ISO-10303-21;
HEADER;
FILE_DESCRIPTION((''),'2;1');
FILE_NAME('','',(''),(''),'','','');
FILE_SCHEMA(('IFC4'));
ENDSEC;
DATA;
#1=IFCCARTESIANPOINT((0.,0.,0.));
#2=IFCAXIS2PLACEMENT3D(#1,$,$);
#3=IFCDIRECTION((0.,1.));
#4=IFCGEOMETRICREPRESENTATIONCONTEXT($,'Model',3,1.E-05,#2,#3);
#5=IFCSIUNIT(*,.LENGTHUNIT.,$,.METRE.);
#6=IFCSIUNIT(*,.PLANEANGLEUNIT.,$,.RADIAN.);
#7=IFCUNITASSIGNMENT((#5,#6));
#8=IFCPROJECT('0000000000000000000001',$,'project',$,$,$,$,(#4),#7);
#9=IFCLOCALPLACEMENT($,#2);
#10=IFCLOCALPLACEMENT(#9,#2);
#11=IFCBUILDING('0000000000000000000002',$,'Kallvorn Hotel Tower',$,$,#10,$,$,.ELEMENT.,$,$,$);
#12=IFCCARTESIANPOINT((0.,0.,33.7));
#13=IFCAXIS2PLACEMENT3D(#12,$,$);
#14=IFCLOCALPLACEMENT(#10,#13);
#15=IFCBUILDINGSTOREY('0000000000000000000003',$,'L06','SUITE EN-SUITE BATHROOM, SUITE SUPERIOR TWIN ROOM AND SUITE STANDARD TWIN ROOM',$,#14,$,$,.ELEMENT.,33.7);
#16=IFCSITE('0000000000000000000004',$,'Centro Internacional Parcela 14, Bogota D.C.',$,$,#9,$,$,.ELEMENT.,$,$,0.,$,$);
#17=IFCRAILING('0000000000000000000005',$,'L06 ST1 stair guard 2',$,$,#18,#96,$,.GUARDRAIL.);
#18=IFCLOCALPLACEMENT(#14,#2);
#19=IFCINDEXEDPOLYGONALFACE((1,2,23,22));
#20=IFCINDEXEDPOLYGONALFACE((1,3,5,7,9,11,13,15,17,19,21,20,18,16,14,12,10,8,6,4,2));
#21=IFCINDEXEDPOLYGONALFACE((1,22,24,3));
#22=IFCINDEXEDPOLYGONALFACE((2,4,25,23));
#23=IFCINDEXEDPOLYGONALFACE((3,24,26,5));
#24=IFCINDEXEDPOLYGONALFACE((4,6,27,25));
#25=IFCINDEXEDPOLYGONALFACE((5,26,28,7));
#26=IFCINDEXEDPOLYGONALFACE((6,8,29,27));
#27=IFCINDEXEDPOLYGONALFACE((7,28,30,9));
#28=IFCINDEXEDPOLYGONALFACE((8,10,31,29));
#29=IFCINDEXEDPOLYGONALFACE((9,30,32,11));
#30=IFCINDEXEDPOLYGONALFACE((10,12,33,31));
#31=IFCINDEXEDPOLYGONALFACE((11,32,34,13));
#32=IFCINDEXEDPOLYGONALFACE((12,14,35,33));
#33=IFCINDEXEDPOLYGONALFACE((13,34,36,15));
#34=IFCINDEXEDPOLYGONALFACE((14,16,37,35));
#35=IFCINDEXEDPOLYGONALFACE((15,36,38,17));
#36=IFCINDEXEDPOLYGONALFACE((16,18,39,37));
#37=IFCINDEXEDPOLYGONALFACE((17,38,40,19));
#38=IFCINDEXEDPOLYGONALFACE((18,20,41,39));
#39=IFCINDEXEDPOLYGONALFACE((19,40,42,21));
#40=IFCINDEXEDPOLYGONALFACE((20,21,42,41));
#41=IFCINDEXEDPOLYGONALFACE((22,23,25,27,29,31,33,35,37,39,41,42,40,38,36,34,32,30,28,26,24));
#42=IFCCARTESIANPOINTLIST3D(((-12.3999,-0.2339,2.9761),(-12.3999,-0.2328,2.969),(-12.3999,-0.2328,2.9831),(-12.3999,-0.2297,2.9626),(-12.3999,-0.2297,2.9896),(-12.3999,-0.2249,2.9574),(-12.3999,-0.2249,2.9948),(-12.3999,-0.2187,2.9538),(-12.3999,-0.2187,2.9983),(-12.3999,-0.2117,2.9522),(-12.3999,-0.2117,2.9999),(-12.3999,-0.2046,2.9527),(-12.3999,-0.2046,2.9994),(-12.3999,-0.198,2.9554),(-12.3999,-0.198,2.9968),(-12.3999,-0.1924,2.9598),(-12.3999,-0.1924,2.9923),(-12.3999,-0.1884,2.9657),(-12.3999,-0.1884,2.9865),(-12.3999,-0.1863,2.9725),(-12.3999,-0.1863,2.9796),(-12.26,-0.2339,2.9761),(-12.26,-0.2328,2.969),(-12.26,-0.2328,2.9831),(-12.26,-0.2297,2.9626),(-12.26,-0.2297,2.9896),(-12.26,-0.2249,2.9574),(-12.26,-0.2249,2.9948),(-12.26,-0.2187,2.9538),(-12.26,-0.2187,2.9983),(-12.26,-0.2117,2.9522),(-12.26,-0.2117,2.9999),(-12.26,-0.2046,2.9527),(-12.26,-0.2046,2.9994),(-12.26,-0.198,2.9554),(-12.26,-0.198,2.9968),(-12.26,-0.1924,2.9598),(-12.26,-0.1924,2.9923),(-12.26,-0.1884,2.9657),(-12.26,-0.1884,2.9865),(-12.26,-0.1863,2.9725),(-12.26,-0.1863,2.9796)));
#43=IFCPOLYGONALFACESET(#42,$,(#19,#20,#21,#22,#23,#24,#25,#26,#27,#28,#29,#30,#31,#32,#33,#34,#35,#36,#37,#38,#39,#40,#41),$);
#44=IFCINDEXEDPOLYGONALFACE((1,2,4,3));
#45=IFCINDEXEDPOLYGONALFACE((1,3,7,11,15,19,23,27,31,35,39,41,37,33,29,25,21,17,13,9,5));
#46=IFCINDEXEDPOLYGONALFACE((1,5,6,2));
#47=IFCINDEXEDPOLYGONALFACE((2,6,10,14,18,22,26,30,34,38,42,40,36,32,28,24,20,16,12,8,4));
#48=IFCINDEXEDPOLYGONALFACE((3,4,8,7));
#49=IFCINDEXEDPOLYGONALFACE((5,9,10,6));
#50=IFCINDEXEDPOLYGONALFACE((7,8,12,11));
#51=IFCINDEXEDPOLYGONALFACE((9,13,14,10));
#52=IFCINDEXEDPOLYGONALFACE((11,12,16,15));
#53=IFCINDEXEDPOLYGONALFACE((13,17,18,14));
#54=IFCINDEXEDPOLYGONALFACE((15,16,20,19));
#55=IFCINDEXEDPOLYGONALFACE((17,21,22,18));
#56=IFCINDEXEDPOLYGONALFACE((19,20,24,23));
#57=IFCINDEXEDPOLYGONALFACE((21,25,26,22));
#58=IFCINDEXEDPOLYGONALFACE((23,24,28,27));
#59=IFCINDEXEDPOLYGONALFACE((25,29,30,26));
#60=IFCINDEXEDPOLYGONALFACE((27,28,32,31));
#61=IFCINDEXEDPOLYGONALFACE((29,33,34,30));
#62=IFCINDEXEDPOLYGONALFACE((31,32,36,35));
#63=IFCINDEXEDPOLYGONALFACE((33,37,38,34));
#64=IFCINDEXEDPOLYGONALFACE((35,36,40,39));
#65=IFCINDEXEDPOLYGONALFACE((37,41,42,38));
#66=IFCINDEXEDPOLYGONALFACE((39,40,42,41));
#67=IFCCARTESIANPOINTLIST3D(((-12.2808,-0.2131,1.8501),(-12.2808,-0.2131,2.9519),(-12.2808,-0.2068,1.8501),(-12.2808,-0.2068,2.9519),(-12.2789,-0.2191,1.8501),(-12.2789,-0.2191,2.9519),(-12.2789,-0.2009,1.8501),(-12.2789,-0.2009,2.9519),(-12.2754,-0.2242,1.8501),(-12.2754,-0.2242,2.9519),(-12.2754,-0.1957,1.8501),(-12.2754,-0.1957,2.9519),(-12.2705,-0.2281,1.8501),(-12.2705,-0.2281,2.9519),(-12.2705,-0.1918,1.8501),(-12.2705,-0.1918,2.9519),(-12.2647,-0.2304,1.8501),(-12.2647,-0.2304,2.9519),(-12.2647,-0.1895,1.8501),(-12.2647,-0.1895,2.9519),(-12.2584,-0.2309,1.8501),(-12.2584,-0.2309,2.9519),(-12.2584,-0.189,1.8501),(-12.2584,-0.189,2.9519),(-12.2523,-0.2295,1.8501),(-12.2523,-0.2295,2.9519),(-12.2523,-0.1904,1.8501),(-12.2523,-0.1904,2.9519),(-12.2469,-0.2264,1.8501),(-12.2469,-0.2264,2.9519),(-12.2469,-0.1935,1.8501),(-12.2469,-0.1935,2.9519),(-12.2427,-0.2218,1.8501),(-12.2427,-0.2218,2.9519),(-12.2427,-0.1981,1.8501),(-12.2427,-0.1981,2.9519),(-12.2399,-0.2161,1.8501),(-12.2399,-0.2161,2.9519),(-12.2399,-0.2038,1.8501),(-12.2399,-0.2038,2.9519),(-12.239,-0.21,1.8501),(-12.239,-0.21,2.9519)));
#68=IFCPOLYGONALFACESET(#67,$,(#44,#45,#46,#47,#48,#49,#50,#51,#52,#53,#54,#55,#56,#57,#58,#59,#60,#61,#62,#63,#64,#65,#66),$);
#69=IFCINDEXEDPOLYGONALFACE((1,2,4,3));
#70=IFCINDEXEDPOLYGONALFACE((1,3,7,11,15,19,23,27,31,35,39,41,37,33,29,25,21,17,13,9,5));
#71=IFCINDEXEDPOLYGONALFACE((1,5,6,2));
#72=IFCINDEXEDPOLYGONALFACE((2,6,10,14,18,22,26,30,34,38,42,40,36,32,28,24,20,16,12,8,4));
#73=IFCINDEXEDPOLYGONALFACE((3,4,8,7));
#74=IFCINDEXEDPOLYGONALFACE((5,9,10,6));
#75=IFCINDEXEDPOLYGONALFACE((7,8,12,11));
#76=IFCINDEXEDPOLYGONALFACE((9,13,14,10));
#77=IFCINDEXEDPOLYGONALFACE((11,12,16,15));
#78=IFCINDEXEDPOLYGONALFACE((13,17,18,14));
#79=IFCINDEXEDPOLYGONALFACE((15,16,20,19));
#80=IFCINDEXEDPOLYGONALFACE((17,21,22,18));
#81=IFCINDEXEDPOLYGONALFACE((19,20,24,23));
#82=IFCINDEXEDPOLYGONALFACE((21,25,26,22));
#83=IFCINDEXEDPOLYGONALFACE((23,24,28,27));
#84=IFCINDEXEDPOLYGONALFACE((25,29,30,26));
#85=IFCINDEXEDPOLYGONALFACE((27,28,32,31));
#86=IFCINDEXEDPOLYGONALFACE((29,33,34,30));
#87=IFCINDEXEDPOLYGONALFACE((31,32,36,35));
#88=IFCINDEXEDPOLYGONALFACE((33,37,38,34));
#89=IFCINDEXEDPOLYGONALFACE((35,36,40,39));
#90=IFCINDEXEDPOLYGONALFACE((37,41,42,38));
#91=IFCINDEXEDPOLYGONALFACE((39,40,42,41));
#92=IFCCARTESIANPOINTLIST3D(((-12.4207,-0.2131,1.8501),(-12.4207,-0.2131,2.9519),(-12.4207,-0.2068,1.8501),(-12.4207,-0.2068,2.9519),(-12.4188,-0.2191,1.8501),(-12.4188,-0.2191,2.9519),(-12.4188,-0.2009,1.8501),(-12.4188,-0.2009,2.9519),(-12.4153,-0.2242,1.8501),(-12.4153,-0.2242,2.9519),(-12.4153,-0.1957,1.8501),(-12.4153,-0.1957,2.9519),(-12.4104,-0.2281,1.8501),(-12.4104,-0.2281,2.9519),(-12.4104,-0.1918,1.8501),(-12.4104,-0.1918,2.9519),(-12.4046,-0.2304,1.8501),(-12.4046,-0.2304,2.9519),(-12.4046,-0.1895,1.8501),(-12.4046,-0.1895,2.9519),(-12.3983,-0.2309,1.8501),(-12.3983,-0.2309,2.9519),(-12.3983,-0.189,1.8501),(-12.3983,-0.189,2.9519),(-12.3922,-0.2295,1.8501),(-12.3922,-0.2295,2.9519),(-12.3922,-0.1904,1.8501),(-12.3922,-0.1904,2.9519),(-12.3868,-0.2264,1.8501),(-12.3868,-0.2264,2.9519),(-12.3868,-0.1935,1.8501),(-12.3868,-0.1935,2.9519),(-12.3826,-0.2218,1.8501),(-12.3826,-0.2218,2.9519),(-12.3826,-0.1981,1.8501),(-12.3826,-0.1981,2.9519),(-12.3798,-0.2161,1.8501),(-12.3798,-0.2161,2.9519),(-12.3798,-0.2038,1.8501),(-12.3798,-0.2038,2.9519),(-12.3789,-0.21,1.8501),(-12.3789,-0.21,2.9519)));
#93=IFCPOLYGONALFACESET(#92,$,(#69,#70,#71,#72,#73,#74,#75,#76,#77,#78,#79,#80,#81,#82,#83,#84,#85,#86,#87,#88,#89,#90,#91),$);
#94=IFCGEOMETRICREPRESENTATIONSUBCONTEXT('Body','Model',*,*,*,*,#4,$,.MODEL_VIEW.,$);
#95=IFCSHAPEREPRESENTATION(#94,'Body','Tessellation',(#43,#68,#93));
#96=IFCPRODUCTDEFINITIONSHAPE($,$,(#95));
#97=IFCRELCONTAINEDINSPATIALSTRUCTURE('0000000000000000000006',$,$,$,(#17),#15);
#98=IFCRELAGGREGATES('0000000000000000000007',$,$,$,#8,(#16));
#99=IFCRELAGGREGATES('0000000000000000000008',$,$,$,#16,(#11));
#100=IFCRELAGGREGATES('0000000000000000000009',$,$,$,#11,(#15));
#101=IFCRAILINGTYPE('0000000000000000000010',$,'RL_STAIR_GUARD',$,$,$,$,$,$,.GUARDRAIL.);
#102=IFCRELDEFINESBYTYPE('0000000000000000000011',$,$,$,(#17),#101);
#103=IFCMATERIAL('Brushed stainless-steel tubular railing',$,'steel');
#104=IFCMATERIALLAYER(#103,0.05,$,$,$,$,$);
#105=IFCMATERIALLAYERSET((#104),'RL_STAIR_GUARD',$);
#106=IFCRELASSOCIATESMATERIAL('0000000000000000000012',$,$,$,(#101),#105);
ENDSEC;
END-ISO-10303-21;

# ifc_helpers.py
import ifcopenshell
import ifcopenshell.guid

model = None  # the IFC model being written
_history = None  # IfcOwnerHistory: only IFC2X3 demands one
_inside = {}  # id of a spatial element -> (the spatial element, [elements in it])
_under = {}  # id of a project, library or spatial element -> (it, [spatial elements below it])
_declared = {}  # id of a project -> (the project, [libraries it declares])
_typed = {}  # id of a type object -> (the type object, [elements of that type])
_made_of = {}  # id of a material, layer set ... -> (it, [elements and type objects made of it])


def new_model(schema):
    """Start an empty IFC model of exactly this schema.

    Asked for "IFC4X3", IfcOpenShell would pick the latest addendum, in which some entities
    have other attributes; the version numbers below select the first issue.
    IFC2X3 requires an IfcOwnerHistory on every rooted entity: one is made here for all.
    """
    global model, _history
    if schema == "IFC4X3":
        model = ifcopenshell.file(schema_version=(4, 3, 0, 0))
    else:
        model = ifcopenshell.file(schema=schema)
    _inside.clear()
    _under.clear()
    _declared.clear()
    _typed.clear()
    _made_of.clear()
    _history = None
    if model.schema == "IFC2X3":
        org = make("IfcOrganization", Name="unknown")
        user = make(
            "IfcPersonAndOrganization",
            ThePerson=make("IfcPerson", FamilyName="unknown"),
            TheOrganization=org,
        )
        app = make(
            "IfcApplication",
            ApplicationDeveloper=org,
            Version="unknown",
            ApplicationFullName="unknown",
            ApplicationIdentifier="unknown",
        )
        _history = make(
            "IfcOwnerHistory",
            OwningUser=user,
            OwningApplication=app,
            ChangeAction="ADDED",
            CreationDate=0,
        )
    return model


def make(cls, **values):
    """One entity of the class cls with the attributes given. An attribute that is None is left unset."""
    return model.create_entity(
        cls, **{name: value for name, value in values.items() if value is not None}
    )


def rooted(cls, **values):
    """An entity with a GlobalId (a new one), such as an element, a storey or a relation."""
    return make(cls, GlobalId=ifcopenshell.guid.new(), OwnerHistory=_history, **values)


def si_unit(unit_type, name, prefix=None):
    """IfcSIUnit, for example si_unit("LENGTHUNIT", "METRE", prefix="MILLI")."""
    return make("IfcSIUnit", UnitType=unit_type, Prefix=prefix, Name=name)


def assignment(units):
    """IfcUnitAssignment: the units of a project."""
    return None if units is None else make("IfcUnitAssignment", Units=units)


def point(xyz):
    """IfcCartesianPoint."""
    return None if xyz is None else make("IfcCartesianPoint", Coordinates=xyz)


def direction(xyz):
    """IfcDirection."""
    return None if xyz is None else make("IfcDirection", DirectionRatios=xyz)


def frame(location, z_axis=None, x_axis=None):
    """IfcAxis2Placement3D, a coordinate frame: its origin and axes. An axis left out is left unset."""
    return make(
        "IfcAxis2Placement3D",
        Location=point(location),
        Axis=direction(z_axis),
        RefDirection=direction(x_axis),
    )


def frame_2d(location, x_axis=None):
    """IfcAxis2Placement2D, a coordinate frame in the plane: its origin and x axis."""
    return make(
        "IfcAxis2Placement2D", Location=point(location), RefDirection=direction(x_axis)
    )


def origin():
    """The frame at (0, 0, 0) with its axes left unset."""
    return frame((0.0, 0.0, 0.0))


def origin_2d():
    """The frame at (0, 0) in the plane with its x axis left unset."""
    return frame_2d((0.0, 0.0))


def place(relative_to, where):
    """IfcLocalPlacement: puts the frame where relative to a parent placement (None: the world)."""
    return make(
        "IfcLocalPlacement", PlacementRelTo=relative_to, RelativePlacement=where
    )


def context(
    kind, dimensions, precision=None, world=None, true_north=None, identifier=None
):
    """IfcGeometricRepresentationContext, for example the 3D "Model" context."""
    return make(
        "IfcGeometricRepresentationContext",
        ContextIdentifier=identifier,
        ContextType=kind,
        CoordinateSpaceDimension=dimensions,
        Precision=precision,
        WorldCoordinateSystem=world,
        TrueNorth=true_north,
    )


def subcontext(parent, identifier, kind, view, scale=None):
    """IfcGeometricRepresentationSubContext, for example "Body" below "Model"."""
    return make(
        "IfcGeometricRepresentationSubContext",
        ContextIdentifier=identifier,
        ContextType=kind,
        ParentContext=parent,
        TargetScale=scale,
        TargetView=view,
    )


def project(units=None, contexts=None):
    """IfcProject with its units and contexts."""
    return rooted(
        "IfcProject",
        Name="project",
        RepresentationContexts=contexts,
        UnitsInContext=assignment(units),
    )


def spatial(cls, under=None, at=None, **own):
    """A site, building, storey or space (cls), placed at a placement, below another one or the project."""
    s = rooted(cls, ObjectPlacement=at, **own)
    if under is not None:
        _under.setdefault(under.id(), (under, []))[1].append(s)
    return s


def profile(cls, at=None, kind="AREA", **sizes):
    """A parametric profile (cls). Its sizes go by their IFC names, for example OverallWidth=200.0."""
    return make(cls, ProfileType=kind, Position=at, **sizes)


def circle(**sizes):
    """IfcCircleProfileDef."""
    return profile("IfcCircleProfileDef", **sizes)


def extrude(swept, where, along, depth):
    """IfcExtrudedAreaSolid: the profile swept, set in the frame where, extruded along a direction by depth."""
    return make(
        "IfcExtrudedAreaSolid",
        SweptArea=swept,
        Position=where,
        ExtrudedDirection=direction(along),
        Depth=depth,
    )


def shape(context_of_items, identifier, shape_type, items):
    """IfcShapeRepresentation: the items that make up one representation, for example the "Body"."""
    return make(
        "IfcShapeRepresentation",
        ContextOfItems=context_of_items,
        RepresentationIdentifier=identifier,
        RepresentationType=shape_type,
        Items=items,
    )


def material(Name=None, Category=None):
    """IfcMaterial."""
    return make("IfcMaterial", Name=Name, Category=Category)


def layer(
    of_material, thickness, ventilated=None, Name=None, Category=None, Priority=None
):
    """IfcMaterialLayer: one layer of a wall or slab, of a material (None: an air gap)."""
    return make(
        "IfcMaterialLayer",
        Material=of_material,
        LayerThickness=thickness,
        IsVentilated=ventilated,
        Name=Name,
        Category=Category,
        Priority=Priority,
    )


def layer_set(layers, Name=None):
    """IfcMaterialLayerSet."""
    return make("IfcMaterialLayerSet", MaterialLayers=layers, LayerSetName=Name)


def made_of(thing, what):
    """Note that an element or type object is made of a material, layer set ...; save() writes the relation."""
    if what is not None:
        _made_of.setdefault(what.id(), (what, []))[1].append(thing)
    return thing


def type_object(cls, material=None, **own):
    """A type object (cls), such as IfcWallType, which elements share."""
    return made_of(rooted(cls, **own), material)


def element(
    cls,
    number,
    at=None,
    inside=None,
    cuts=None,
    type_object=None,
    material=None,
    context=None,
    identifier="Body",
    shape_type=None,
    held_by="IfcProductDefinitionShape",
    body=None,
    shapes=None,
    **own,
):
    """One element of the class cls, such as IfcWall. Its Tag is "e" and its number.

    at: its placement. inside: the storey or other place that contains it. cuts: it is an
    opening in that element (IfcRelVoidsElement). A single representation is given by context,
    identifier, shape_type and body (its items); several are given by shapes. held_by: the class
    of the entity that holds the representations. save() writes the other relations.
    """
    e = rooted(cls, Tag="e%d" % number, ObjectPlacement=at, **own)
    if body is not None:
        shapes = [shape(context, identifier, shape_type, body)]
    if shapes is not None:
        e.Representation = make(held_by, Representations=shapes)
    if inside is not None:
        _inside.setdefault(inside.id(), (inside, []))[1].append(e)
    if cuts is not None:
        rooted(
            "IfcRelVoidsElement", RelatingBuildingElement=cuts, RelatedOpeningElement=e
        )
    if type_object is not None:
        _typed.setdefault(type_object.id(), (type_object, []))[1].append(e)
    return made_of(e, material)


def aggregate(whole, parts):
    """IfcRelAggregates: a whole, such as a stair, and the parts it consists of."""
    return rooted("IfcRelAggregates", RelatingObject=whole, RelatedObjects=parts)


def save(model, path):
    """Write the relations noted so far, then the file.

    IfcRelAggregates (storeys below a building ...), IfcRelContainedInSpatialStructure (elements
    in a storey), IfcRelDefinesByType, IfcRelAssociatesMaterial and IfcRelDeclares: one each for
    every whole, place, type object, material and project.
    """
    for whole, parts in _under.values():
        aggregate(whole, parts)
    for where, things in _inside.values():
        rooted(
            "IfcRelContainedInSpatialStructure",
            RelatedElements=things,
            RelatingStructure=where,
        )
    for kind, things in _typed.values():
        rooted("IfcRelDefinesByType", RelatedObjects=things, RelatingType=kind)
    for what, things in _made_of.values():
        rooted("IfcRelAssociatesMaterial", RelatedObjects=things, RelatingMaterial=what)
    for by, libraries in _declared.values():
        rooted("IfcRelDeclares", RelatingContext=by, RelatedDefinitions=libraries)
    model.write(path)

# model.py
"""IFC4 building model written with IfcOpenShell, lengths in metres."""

from ifc_helpers import new_model, si_unit, direction, frame, origin, origin_2d, place, context, subcontext, project, spatial, circle, extrude, material, layer, layer_set, type_object, element, save


model = new_model("IFC4")

# Units and contexts
model_context = context("Model", 3, precision=1e-05, world=origin(), true_north=direction((0.0, 1.0)))
body_context = subcontext(model_context, "Body", "Model", "MODEL_VIEW")
ifc_project = project(units=[si_unit("LENGTHUNIT", "METRE"), si_unit("PLANEANGLEUNIT", "RADIAN")], contexts=[model_context])

# Site, building, storey
site_placement = place(None, origin())
site = spatial("IfcSite", under=ifc_project, at=site_placement, Name="Centro Internacional Parcela 14, Bogota D.C.", CompositionType="ELEMENT", RefElevation=0.0)
building_placement = place(site_placement, origin())
building = spatial("IfcBuilding", under=site, at=building_placement, Name="Kallvorn Hotel Tower", CompositionType="ELEMENT")
storey_placement = place(building_placement, frame((0.0, 0.0, 33.7)))
storey = spatial("IfcBuildingStorey", under=building, at=storey_placement, Name="L06", Description="SUITE EN-SUITE BATHROOM, SUITE SUPERIOR TWIN ROOM AND SUITE STANDARD TWIN ROOM", CompositionType="ELEMENT", Elevation=33.7)

# Railing
ifc_material_1 = material(Name="Brushed stainless-steel tubular railing", Category="steel")
ifc_layer_1 = layer(ifc_material_1, 0.05)
ifc_layer_set_1 = layer_set([ifc_layer_1], Name="RL_STAIR_GUARD")
railing_type_1 = type_object("IfcRailingType", Name="RL_STAIR_GUARD", PredefinedType="GUARDRAIL", material=ifc_layer_set_1)
railing_1_placement = place(storey_placement, frame((-12.26, -0.21, 1.8501)))
element("IfcRailing", 1, at=railing_1_placement, inside=storey, type_object=railing_type_1, Name="L06 ST1 stair guard 2", PredefinedType="GUARDRAIL", context=body_context, shape_type="SweptSolid", body=[
    extrude(circle(Radius=0.0239, at=origin_2d()), frame((0.0, 0.0, 1.126), z_axis=(-1.0, 0.0, 0.0), x_axis=(0.0, -1.0, 0.0)), (0.0, 0.0, 1.0), 0.1399),
    extrude(circle(Radius=0.021, at=origin_2d()), origin(), (0.0, 0.0, 1.0), 1.1018),
    extrude(circle(Radius=0.021, at=origin_2d()), frame((-0.1399, 0.0, 0.0)), (0.0, 0.0, 1.0), 1.1018),
])

save(model, "model.ifc")
